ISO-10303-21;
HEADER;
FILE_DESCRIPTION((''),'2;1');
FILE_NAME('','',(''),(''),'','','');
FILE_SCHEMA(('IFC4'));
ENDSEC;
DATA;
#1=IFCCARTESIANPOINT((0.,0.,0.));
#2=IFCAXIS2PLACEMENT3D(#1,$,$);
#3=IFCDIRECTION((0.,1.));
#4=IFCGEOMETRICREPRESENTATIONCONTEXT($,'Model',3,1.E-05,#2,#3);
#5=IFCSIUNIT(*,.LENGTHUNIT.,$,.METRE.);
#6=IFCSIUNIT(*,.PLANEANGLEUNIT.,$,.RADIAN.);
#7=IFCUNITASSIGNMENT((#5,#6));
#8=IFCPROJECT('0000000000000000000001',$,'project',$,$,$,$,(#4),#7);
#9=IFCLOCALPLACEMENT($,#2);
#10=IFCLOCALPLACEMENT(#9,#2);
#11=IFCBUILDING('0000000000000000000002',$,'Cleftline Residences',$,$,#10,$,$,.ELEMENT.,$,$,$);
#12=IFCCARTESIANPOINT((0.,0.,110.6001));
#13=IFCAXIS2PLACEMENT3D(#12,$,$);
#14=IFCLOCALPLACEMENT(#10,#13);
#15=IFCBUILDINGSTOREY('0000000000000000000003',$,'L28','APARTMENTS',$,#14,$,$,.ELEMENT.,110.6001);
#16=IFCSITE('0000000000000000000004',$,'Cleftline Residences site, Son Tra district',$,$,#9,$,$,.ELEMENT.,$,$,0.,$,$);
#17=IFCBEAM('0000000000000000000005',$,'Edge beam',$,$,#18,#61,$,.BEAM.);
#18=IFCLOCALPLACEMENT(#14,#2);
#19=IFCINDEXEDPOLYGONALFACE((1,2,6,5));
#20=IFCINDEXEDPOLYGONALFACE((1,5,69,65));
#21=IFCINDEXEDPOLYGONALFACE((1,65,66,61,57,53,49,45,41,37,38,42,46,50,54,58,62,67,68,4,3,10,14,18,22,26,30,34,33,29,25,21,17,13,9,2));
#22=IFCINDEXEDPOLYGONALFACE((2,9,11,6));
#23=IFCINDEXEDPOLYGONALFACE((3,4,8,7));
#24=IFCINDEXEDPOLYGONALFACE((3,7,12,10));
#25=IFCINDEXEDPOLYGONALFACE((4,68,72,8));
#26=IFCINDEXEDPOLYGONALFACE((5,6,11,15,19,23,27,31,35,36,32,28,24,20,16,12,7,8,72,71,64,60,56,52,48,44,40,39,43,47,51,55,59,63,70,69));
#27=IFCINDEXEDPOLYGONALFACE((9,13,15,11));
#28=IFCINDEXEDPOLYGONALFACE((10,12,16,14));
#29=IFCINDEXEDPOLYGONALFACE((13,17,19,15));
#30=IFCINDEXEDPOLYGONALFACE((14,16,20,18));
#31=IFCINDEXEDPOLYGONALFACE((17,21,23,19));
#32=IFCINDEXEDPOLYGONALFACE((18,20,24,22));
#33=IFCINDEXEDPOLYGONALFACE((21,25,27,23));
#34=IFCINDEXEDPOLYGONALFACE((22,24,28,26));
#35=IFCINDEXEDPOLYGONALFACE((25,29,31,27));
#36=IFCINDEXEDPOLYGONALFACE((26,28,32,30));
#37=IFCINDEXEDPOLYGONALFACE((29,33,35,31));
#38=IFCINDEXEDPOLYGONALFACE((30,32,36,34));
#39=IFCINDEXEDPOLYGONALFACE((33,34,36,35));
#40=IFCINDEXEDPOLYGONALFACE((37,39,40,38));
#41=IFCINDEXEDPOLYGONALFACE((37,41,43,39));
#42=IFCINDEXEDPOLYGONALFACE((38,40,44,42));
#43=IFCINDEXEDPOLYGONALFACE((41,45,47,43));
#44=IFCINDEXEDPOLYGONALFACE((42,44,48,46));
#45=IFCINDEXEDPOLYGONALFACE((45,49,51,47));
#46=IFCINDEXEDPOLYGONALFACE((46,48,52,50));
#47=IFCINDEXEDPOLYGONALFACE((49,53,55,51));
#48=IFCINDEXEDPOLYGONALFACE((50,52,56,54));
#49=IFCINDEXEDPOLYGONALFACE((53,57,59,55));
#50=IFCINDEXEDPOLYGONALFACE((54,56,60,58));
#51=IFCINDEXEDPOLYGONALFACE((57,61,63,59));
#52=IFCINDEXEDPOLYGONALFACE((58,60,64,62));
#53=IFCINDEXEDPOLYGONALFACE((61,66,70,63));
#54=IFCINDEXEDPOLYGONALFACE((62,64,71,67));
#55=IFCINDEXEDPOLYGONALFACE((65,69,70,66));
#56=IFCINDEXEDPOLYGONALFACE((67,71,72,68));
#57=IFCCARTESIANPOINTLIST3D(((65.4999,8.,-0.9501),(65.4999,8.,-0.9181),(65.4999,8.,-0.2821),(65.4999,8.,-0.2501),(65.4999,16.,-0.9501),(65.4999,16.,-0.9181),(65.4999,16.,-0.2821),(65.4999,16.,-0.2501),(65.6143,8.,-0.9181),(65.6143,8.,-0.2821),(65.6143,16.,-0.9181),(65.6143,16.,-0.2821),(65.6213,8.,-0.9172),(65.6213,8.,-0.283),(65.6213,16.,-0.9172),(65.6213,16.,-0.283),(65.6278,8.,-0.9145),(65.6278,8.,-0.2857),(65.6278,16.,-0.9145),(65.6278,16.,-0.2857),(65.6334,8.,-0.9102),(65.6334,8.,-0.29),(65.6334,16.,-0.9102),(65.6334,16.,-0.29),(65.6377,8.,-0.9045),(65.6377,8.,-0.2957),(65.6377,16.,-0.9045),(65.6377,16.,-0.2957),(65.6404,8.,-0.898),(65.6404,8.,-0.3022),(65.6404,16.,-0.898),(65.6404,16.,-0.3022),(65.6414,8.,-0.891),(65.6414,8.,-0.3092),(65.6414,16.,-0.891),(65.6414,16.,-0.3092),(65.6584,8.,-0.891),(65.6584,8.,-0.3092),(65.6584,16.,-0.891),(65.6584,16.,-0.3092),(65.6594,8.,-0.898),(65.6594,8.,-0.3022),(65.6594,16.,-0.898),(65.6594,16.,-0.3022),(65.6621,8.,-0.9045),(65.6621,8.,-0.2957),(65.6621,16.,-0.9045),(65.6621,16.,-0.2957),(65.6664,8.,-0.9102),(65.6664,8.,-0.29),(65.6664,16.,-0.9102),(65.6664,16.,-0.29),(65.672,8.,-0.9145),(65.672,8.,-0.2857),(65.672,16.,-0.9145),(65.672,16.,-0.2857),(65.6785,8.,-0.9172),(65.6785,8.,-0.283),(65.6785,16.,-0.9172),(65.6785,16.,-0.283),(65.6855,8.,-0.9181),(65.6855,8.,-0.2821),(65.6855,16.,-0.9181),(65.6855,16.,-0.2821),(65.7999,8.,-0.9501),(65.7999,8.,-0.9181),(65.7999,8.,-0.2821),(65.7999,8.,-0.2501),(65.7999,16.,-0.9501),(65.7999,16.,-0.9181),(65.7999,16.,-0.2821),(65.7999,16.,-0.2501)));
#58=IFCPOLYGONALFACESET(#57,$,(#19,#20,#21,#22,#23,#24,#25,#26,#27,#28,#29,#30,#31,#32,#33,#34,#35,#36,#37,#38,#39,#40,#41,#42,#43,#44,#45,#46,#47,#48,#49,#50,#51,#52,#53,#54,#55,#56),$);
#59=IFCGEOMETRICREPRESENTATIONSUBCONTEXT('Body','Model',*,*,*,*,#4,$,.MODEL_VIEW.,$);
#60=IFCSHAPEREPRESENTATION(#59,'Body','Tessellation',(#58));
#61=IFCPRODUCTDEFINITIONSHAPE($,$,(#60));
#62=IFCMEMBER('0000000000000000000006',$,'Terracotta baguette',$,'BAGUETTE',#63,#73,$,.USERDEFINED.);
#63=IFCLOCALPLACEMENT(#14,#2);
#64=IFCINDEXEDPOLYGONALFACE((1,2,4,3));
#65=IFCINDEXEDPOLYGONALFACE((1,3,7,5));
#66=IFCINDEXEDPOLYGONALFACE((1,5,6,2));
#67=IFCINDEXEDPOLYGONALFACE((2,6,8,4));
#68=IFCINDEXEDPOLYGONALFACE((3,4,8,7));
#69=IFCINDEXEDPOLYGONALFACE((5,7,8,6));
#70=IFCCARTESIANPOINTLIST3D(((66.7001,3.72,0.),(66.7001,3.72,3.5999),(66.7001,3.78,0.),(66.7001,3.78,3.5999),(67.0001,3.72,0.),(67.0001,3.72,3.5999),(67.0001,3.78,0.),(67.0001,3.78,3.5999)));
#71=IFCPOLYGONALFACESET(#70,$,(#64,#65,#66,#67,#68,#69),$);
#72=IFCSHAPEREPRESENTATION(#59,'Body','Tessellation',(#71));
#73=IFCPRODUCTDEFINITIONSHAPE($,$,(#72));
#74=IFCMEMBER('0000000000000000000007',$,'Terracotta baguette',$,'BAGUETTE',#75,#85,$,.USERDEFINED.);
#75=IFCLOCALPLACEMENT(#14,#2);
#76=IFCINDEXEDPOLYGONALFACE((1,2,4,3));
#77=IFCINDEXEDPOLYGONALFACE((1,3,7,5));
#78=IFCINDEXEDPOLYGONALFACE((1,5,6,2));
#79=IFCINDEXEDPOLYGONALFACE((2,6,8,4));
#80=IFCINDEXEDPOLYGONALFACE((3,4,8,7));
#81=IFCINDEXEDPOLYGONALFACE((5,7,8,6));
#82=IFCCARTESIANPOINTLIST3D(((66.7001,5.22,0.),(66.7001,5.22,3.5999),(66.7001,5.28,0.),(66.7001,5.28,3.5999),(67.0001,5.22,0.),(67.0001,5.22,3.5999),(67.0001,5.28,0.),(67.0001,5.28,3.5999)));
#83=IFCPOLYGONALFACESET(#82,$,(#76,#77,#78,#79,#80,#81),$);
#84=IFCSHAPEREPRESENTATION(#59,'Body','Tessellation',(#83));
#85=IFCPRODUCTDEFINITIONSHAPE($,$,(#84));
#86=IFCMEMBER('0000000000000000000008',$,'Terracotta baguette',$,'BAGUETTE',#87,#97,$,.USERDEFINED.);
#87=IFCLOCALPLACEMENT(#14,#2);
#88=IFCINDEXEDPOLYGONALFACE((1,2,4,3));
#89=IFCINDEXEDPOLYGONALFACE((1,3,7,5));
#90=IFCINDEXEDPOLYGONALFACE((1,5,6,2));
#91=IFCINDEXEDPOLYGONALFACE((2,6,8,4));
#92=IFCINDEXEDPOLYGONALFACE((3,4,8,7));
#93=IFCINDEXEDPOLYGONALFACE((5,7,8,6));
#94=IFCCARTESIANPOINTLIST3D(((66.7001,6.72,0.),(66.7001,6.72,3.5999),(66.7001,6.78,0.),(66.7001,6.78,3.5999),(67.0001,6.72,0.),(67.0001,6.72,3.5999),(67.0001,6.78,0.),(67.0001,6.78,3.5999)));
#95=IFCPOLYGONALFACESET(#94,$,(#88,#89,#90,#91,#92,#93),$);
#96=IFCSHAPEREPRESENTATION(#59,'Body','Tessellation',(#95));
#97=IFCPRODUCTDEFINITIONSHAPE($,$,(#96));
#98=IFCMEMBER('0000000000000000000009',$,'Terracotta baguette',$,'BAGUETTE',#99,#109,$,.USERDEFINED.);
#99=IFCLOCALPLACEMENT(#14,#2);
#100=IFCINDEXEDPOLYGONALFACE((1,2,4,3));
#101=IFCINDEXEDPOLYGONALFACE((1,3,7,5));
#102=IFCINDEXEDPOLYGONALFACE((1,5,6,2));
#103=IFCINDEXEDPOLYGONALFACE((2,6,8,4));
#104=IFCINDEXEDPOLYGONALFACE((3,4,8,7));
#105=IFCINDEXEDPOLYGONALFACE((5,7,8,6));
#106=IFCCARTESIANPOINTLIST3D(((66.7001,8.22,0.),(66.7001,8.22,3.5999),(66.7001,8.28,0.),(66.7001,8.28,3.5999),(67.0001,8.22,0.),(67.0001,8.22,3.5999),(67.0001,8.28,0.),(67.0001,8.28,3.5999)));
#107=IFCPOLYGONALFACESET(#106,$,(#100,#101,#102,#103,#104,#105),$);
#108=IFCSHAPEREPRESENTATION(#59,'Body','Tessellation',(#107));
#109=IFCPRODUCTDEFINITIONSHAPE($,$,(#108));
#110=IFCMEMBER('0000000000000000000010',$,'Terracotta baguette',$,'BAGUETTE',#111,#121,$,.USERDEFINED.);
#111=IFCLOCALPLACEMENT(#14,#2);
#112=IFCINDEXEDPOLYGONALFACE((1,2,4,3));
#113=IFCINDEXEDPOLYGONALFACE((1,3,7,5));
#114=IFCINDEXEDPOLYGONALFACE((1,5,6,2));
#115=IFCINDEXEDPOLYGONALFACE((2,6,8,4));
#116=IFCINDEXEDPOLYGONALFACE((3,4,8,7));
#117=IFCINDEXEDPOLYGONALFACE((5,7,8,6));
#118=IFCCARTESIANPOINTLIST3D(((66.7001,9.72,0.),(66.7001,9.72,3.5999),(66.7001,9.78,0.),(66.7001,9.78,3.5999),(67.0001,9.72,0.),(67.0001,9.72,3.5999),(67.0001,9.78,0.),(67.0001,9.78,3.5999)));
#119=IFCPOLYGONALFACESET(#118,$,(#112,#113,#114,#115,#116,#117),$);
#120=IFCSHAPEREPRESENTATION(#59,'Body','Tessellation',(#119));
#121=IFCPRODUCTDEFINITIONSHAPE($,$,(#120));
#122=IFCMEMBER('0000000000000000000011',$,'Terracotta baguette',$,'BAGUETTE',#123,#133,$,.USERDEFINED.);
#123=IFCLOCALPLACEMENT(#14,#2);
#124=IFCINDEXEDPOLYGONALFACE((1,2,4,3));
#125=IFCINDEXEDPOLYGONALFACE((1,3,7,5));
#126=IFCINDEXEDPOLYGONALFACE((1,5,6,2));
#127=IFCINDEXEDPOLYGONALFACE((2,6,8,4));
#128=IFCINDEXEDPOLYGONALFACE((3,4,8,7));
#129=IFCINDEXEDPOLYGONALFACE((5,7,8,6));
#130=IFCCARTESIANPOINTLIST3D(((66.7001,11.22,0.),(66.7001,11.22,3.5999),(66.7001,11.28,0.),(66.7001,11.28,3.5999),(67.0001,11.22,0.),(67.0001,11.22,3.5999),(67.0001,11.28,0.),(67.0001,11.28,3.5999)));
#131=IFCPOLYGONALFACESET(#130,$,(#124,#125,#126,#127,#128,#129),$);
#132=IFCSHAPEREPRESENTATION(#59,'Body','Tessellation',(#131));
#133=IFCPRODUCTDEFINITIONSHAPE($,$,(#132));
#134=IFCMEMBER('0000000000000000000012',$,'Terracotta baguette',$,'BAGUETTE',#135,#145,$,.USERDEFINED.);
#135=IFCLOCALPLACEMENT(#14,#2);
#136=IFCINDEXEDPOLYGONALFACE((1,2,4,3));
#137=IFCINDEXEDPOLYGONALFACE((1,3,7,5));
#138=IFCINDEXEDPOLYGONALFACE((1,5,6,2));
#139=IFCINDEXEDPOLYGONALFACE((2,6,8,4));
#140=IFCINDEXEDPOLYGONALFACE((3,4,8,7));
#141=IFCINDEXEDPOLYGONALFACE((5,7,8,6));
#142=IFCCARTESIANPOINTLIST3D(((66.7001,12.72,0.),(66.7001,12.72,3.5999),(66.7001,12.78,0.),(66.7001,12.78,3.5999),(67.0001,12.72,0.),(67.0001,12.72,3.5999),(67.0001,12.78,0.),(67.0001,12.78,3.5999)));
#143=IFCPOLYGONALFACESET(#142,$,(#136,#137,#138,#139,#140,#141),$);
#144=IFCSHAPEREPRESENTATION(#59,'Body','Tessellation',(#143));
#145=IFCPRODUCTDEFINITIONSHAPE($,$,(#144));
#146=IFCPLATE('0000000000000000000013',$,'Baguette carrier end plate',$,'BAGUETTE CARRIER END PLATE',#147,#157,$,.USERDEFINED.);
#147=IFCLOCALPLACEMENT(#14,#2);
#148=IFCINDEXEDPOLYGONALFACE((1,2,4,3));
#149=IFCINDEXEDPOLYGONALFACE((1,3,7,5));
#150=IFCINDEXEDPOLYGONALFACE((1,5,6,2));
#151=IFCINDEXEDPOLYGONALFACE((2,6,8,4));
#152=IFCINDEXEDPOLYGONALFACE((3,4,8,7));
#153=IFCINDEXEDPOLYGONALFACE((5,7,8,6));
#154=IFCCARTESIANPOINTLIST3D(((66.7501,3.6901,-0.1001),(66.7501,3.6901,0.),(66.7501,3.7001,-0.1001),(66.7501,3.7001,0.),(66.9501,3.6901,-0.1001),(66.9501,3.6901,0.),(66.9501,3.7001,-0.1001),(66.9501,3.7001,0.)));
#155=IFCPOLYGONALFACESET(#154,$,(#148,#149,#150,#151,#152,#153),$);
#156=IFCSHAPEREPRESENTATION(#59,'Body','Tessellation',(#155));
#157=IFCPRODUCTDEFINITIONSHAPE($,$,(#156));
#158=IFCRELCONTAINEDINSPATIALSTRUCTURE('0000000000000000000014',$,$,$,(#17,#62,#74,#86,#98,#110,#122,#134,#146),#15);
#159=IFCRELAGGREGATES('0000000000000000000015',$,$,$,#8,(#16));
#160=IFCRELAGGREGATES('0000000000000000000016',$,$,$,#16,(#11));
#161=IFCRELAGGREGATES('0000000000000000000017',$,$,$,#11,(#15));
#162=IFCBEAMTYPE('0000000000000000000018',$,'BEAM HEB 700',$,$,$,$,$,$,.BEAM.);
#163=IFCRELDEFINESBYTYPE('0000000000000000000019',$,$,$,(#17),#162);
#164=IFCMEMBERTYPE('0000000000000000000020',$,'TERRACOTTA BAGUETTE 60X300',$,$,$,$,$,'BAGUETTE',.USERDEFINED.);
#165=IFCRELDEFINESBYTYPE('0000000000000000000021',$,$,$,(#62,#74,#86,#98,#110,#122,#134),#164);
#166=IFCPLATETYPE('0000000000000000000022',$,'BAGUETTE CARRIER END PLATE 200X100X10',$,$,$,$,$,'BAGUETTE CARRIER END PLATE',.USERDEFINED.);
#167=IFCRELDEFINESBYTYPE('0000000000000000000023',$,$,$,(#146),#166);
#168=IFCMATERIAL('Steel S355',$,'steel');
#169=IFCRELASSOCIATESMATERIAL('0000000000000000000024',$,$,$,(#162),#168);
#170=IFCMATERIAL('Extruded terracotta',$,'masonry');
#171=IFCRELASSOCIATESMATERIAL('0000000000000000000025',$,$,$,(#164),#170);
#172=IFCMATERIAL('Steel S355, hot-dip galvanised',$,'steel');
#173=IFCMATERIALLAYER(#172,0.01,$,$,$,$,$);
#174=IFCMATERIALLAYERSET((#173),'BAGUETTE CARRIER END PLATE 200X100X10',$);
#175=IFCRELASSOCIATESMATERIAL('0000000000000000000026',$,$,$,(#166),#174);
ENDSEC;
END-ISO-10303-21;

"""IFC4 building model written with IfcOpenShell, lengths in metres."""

from ifc_helpers import new_model, si_unit, direction, frame, origin, origin_2d, place, context, subcontext, project, spatial, rectangle, i_section, extrude, material, layer, layer_set, material_profile, profile_set, type_object, element, save


model = new_model("IFC4")

# Units and contexts
model_context = context("Model", 3, precision=1e-05, world=origin(), true_north=direction((0.0, 1.0)))
body_context = subcontext(model_context, "Body", "Model", "MODEL_VIEW")
ifc_project = project(units=[si_unit("LENGTHUNIT", "METRE"), si_unit("PLANEANGLEUNIT", "RADIAN")], contexts=[model_context])

# Site, building, storey
site_placement = place(None, origin())
site = spatial("IfcSite", under=ifc_project, at=site_placement, Name="Cleftline Residences site, Son Tra district", CompositionType="ELEMENT", RefElevation=0.0)
building_placement = place(site_placement, origin())
building = spatial("IfcBuilding", under=site, at=building_placement, Name="Cleftline Residences", CompositionType="ELEMENT")
storey_placement = place(building_placement, frame((0.0, 0.0, 110.6001)))
storey = spatial("IfcBuildingStorey", under=building, at=storey_placement, Name="L28", Description="APARTMENTS", CompositionType="ELEMENT", Elevation=110.6001)

# Beam
ifc_material_1 = material(Name="Steel S355", Category="steel")
ifc_material_profile_1 = material_profile(ifc_material_1, i_section(OverallWidth=0.3, OverallDepth=0.7, WebThickness=0.0171, FlangeThickness=0.032, FilletRadius=0.0271, at=origin_2d()))
ifc_profile_set_1 = profile_set([ifc_material_profile_1], Name="Steel S355")
beam_type = type_object("IfcBeamType", Name="BEAM HEB 700", PredefinedType="BEAM", material=ifc_profile_set_1)
beam_placement = place(storey_placement, frame((65.6499, 8.0, -0.6001), z_axis=(0.0, 1.0, 0.0), x_axis=(-1.0, 0.0, 0.0)))
element("IfcBeam", 1, at=beam_placement, inside=storey, type_object=beam_type, Name="Edge beam", PredefinedType="BEAM", context=body_context, shape_type="SweptSolid", body=[
    extrude(i_section(OverallWidth=0.3, OverallDepth=0.7, WebThickness=0.0171, FlangeThickness=0.032, FilletRadius=0.0271, at=origin_2d()), origin(), (0.0, 0.0, 1.0), 8.0),
])

# Members
ifc_material_2 = material(Name="Extruded terracotta", Category="masonry")
ifc_material_profile_2 = material_profile(ifc_material_2, rectangle(XDim=0.0601, YDim=0.3, at=origin_2d()))
ifc_profile_set_2 = profile_set([ifc_material_profile_2], Name="Extruded terracotta")
member_type_1 = type_object("IfcMemberType", Name="TERRACOTTA BAGUETTE 60X300", ElementType="BAGUETTE", PredefinedType="USERDEFINED", material=ifc_profile_set_2)
for number, where, z_axis, x_axis, name in (
    (2, (66.8501, 3.75, 0.0), (0.0, 0.0, 1.0), (0.0, 1.0, 0.0), "Terracotta baguette"),
    (3, (66.8501, 5.25, 0.0), (0.0, 0.0, 1.0), (0.0, 1.0, 0.0), "Terracotta baguette"),
    (4, (66.8501, 6.75, 0.0), (0.0, 0.0, 1.0), (0.0, 1.0, 0.0), "Terracotta baguette"),
    (5, (66.8501, 8.25, 0.0), (0.0, 0.0, 1.0), (0.0, 1.0, 0.0), "Terracotta baguette"),
    (6, (66.8501, 9.75, 0.0), (0.0, 0.0, 1.0), (0.0, 1.0, 0.0), "Terracotta baguette"),
    (7, (66.8501, 11.25, 0.0), (0.0, 0.0, 1.0), (0.0, 1.0, 0.0), "Terracotta baguette"),
    (8, (66.8501, 12.75, 0.0), (0.0, 0.0, 1.0), (0.0, 1.0, 0.0), "Terracotta baguette"),
):
    element("IfcMember", number, at=place(storey_placement, frame(where, z_axis=z_axis, x_axis=x_axis)), inside=storey, type_object=member_type_1, Name=name, ObjectType="BAGUETTE", PredefinedType="USERDEFINED", context=body_context, shape_type="SweptSolid", body=[
        extrude(rectangle(XDim=0.0601, YDim=0.3, at=origin_2d()), origin(), (0.0, 0.0, 1.0), 3.5999),
    ])

# Plate
ifc_material_3 = material(Name="Steel S355, hot-dip galvanised", Category="steel")
ifc_layer_1 = layer(ifc_material_3, 0.01)
ifc_layer_set_1 = layer_set([ifc_layer_1], Name="BAGUETTE CARRIER END PLATE 200X100X10")
plate_type = type_object("IfcPlateType", Name="BAGUETTE CARRIER END PLATE 200X100X10", ElementType="BAGUETTE CARRIER END PLATE", PredefinedType="USERDEFINED", material=ifc_layer_set_1)
plate_placement = place(storey_placement, frame((66.8501, 3.6951, -0.1001), z_axis=(0.0, 0.0, 1.0), x_axis=(1.0, 0.0, 0.0)))
element("IfcPlate", 9, at=plate_placement, inside=storey, type_object=plate_type, Name="Baguette carrier end plate", ObjectType="BAGUETTE CARRIER END PLATE", PredefinedType="USERDEFINED", context=body_context, shape_type="SweptSolid", body=[
    extrude(rectangle(XDim=0.2, YDim=0.01, at=origin_2d()), origin(), (0.0, 0.0, 1.0), 0.1001),
])

save(model, "model.ifc")
